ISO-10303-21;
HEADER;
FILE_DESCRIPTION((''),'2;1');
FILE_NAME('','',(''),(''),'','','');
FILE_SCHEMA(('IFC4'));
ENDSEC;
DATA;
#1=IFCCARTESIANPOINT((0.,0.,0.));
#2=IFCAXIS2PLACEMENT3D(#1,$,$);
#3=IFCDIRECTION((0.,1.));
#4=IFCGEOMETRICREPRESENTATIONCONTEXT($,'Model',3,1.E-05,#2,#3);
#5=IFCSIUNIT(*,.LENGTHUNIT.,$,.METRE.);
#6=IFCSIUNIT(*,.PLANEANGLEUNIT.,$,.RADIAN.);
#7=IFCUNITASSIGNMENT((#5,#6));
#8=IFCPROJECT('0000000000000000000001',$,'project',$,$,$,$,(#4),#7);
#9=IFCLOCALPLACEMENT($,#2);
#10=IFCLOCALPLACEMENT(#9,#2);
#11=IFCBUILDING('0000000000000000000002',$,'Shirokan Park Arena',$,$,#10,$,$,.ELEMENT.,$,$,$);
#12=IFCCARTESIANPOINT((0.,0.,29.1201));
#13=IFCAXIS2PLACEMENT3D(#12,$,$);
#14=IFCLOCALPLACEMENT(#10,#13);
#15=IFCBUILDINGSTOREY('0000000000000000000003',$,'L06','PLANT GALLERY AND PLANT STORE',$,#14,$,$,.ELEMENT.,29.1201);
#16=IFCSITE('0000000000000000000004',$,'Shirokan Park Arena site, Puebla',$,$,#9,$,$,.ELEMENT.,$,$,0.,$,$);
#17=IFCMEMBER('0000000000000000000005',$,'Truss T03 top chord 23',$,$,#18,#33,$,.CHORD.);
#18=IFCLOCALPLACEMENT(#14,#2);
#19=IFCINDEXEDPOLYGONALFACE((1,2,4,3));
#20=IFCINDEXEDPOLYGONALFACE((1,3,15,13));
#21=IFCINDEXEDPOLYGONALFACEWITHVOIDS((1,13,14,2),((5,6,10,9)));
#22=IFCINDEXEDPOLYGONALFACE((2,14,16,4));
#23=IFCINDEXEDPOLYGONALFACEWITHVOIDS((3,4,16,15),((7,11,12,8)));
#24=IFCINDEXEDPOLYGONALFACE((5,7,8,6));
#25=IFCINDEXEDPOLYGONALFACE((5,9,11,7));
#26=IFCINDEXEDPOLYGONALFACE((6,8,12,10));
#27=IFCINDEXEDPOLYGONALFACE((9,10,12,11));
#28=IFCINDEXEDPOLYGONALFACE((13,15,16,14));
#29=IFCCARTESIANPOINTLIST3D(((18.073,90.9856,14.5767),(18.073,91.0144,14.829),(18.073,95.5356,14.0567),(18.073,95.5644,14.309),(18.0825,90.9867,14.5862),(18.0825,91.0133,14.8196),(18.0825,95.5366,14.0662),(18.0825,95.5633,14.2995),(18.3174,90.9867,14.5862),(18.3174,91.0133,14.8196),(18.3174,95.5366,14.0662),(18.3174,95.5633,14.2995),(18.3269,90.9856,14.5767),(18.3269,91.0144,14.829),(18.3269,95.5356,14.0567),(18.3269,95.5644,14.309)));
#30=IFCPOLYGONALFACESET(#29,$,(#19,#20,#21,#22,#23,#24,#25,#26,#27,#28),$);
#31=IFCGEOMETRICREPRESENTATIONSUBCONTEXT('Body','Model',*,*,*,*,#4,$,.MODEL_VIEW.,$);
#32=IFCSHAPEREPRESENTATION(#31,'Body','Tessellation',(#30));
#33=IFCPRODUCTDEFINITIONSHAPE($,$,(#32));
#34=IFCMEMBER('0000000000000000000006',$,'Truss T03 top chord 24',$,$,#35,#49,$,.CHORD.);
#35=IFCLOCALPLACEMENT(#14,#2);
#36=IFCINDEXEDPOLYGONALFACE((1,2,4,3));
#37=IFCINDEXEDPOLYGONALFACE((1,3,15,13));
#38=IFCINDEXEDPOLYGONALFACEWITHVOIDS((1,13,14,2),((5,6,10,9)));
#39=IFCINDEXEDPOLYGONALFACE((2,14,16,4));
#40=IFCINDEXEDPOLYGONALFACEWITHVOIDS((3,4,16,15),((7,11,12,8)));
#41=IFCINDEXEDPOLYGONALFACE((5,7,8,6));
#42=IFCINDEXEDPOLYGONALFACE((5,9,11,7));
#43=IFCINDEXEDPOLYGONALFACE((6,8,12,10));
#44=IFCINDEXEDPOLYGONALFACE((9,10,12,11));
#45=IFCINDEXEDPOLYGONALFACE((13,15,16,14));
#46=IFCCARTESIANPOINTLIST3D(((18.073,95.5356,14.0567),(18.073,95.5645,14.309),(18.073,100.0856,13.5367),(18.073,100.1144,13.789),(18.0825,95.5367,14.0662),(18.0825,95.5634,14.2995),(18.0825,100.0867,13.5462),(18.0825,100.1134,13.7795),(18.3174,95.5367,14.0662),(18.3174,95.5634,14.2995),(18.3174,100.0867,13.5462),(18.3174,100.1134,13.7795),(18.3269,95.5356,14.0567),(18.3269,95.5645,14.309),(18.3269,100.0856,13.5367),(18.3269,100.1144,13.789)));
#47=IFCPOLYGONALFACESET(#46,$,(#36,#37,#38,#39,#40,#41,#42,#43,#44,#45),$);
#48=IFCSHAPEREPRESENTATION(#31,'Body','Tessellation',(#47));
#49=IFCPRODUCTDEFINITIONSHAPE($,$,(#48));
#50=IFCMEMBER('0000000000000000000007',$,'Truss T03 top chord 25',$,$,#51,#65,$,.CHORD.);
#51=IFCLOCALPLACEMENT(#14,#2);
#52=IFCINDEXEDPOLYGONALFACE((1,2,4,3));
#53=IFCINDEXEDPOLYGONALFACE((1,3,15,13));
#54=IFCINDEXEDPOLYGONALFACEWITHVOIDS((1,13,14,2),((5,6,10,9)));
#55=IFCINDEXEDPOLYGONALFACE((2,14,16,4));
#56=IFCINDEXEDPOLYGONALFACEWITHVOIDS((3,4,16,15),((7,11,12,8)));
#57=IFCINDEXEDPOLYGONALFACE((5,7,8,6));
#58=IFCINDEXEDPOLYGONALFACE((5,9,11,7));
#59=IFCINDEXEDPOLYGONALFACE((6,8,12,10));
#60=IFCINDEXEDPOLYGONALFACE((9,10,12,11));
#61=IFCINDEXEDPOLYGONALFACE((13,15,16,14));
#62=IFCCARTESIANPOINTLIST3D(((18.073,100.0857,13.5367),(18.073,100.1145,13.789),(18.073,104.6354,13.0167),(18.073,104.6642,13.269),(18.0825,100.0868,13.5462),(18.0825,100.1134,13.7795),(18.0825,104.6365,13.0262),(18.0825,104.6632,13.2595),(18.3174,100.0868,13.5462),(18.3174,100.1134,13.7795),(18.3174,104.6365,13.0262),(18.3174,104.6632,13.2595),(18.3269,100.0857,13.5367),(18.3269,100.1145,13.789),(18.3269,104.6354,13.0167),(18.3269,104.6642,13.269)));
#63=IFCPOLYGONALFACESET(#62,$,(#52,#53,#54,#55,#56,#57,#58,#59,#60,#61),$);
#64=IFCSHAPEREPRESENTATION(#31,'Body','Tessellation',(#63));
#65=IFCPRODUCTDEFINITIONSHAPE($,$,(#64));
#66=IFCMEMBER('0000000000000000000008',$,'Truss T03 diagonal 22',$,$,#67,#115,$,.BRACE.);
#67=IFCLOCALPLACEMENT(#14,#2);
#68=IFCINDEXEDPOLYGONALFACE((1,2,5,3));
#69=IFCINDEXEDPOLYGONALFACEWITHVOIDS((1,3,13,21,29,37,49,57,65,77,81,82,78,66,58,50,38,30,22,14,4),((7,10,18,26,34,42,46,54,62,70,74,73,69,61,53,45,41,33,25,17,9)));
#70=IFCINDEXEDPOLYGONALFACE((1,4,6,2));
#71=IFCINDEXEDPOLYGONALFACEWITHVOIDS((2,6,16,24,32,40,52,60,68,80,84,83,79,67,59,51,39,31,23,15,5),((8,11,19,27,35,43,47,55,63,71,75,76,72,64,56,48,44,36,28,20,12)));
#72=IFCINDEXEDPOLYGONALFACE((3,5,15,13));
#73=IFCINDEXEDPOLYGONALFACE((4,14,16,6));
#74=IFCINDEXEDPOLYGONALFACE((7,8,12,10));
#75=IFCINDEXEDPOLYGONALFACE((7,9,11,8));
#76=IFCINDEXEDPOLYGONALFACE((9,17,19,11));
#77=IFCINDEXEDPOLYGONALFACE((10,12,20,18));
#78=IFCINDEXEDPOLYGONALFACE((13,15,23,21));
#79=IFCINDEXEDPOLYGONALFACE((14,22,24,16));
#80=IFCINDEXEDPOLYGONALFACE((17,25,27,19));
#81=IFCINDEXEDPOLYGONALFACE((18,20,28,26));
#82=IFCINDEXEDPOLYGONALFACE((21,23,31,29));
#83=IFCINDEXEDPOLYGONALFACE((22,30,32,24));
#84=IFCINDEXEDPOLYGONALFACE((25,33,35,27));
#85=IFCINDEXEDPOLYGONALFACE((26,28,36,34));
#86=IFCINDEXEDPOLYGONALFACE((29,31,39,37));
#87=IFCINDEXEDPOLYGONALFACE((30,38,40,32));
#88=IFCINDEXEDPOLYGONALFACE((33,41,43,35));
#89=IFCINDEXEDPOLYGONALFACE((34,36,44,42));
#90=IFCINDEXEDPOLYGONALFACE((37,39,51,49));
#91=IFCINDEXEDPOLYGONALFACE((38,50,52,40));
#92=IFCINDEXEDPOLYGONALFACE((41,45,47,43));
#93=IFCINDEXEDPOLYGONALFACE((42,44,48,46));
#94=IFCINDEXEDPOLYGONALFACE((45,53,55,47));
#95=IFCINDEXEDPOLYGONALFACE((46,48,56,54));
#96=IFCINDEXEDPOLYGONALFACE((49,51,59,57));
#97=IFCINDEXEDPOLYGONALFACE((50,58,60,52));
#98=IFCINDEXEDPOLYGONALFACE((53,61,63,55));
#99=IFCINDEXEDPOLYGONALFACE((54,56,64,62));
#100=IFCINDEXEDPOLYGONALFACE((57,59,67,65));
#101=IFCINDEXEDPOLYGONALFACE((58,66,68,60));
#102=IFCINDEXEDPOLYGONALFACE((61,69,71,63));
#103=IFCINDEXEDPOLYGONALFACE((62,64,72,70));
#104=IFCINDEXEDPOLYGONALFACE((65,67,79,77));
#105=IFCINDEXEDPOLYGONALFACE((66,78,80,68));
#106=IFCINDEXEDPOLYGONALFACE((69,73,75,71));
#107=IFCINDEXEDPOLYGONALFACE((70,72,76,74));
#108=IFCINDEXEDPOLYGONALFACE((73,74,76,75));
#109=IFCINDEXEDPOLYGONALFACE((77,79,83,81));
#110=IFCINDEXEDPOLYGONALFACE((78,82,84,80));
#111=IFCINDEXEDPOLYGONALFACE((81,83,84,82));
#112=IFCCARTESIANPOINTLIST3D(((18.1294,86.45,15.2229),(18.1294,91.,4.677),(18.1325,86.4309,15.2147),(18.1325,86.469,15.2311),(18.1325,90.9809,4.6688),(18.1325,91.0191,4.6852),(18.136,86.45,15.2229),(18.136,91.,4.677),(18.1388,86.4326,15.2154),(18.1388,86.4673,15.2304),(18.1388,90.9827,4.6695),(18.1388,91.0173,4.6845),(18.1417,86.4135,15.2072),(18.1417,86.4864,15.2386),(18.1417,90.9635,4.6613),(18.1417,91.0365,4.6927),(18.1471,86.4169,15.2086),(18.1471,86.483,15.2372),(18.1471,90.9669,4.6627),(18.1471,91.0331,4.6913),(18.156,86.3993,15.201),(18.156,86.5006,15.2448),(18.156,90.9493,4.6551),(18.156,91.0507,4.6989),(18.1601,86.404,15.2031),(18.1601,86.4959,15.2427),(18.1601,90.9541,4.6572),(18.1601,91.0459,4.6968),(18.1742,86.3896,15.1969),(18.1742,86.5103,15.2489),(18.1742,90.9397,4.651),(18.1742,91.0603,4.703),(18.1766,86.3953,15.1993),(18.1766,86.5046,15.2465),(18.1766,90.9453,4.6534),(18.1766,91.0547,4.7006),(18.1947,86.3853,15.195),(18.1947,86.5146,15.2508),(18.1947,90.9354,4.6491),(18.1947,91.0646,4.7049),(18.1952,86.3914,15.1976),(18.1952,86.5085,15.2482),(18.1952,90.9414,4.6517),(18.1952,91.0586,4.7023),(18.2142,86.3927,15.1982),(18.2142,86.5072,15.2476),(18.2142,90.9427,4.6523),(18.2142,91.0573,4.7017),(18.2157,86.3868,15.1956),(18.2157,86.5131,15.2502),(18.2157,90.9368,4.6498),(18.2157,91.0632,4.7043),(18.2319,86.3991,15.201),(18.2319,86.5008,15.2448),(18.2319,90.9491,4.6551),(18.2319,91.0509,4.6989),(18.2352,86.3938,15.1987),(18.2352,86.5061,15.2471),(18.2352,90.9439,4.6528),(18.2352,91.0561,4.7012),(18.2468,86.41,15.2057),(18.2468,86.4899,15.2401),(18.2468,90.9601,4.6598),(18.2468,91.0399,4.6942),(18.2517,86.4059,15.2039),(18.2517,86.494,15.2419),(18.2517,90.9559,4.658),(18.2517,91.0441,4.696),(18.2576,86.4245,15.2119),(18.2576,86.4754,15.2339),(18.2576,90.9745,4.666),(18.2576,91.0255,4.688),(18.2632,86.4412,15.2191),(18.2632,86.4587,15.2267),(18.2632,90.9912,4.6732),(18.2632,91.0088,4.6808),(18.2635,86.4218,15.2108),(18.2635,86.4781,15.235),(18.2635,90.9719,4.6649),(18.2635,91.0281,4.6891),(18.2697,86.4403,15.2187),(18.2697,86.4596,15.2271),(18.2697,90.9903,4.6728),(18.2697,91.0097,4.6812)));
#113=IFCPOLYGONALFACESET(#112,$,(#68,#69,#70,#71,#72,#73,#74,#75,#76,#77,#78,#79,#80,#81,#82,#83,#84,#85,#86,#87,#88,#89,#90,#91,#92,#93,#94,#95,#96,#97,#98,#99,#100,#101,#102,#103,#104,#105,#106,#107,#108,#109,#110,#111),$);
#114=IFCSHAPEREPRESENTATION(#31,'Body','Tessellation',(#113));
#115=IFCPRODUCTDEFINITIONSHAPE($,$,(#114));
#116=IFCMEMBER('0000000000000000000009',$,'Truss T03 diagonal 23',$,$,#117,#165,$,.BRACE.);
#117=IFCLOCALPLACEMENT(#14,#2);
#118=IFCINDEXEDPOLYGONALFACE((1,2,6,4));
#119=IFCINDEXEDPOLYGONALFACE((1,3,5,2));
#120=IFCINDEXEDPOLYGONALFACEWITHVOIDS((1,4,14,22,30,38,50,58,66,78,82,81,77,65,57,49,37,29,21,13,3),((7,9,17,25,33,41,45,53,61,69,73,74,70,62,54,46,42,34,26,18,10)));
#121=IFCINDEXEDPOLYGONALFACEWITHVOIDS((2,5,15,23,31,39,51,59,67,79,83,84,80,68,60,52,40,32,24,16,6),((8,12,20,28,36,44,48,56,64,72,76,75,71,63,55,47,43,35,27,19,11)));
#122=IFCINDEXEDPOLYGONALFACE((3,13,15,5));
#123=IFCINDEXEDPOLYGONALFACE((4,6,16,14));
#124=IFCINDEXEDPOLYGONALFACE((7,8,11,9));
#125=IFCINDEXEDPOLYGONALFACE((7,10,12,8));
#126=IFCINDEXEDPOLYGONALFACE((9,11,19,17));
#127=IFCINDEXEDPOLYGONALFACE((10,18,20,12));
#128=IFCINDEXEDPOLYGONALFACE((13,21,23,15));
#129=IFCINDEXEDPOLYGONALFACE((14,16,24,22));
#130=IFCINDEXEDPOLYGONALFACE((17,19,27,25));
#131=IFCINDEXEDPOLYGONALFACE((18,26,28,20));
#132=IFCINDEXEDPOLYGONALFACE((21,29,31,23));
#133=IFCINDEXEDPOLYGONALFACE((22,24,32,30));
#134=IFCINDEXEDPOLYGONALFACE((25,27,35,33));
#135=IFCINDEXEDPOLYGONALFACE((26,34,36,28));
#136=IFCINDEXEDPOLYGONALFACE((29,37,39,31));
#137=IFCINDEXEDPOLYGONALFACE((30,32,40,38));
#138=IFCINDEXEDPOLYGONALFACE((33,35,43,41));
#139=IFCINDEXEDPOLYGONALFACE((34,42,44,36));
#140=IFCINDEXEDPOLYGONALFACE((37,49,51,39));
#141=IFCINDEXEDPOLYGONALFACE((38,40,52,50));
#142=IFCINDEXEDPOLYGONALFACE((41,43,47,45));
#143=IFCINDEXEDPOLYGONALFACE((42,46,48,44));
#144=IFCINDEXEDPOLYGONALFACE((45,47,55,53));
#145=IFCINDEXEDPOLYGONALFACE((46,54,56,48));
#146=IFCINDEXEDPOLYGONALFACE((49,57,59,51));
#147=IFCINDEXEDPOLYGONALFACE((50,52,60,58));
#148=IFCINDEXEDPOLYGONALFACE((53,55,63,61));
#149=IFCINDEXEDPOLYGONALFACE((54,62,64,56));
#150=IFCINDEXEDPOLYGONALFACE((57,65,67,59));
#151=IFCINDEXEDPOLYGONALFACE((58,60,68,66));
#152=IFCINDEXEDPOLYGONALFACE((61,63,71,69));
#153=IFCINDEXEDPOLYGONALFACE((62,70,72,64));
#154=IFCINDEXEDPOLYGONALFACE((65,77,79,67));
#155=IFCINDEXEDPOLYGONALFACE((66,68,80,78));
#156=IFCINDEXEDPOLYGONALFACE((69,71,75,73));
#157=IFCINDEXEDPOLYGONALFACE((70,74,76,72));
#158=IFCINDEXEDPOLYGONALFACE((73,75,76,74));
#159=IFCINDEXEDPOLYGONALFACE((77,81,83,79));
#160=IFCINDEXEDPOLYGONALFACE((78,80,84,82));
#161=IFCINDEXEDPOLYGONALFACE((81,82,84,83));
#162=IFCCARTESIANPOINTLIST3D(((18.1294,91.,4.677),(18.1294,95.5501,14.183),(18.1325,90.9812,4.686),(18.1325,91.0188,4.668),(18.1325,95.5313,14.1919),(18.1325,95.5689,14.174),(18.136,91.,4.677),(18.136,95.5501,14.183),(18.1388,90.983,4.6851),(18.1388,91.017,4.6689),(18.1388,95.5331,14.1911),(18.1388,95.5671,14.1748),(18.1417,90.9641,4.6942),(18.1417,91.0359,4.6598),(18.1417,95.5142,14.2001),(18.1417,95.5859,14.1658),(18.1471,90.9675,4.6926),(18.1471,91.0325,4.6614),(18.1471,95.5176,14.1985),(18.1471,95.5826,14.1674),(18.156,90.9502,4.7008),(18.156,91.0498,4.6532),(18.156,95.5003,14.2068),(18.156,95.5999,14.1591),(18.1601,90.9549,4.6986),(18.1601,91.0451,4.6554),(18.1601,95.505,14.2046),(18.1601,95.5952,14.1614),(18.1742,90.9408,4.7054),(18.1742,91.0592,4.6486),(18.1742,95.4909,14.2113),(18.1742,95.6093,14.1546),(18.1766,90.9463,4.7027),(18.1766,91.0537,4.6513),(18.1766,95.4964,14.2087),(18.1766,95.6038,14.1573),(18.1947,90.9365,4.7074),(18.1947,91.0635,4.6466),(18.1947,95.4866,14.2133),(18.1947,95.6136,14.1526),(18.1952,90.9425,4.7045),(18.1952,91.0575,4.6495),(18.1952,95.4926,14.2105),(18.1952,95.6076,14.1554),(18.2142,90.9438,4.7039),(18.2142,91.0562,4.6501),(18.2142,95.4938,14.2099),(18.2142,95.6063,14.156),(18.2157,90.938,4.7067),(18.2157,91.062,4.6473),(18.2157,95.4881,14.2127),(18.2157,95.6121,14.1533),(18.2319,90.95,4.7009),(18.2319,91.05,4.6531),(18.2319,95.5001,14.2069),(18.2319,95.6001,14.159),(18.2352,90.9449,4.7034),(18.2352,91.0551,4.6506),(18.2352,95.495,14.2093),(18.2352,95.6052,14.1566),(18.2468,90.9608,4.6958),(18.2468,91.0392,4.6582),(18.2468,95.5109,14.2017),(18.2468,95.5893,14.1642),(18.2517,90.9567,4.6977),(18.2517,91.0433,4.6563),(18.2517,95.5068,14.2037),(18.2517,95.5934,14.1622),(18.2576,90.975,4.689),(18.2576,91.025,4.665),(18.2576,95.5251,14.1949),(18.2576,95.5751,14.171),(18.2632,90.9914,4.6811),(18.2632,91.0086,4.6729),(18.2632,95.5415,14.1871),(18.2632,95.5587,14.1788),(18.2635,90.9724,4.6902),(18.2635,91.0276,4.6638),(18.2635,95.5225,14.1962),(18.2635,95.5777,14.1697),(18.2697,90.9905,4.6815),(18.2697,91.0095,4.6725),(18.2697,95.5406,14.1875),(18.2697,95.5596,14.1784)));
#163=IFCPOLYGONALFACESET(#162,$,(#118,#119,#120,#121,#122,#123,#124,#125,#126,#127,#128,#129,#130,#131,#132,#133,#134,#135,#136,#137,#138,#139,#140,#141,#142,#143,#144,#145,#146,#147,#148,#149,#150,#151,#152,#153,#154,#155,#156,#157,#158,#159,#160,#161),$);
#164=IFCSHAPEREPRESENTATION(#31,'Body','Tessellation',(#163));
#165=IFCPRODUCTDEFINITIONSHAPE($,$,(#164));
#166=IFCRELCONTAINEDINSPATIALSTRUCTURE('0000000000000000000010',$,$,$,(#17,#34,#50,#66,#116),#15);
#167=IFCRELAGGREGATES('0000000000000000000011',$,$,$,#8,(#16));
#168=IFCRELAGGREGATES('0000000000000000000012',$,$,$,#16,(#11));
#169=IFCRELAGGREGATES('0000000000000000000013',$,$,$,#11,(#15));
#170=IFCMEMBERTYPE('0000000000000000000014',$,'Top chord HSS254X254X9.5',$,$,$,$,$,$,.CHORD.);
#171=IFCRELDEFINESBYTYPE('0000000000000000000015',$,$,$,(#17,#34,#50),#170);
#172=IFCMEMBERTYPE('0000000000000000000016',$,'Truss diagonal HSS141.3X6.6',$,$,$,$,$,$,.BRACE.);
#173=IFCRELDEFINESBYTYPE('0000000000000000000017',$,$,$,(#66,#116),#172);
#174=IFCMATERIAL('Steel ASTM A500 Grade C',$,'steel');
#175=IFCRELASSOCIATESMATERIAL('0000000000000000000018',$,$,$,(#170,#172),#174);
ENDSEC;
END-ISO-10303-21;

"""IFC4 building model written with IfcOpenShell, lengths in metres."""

from ifc_helpers import new_model, si_unit, direction, frame, origin, origin_2d, place, context, subcontext, project, spatial, hollow_rectangle, hollow_circle, extrude, material, material_profile, profile_set, type_object, element, save


model = new_model("IFC4")

# Units and contexts
model_context = context("Model", 3, precision=1e-05, world=origin(), true_north=direction((0.0, 1.0)))
body_context = subcontext(model_context, "Body", "Model", "MODEL_VIEW")
ifc_project = project(units=[si_unit("LENGTHUNIT", "METRE"), si_unit("PLANEANGLEUNIT", "RADIAN")], contexts=[model_context])

# Site, building, storey
site_placement = place(None, origin())
site = spatial("IfcSite", under=ifc_project, at=site_placement, Name="Shirokan Park Arena site, Puebla", CompositionType="ELEMENT", RefElevation=0.0)
building_placement = place(site_placement, origin())
building = spatial("IfcBuilding", under=site, at=building_placement, Name="Shirokan Park Arena", CompositionType="ELEMENT")
storey_placement = place(building_placement, frame((0.0, 0.0, 29.1201)))
storey = spatial("IfcBuildingStorey", under=building, at=storey_placement, Name="L06", Description="PLANT GALLERY AND PLANT STORE", CompositionType="ELEMENT", Elevation=29.1201)

# Members
ifc_material_1 = material(Name="Steel ASTM A500 Grade C", Category="steel")
ifc_material_profile_1 = material_profile(ifc_material_1, hollow_rectangle(XDim=0.2539, YDim=0.2539, WallThickness=0.0095, at=origin_2d()), Name="HSS254X254X9.5")
ifc_profile_set_1 = profile_set([ifc_material_profile_1], Name="Steel ASTM A500 Grade C")
member_type_1 = type_object("IfcMemberType", Name="Top chord HSS254X254X9.5", PredefinedType="CHORD", material=ifc_profile_set_1)
for number, where, z_axis, x_axis, name in (
    (1, (18.2, 91.0, 14.7029), (0.0, 0.993532, -0.11355), (-1.0, 0.0, 0.0), "Truss T03 top chord 23"),
    (2, (18.2, 95.55, 14.1829), (0.0, 0.993532, -0.11355), (-1.0, 0.0, 0.0), "Truss T03 top chord 24"),
):
    element("IfcMember", number, at=place(storey_placement, frame(where, z_axis=z_axis, x_axis=x_axis)), inside=storey, type_object=member_type_1, Name=name, PredefinedType="CHORD", context=body_context, shape_type="SweptSolid", body=[
        extrude(hollow_rectangle(XDim=0.2539, YDim=0.2539, WallThickness=0.0095, at=origin_2d()), origin(), (0.0, 0.0, 1.0), 4.5796),
    ])
member_1_placement = place(storey_placement, frame((18.2, 100.1001, 13.6628), z_axis=(0.0, 0.993532, -0.113556), x_axis=(-1.0, 0.0, 0.0)))
element("IfcMember", 3, at=member_1_placement, inside=storey, type_object=member_type_1, Name="Truss T03 top chord 25", PredefinedType="CHORD", context=body_context, shape_type="SweptSolid", body=[
    extrude(hollow_rectangle(XDim=0.2539, YDim=0.2539, WallThickness=0.0095, at=origin_2d()), origin(), (0.0, 0.0, 1.0), 4.5793),
])
ifc_material_profile_2 = material_profile(ifc_material_1, hollow_circle(Radius=0.0706, WallThickness=0.0066, at=origin_2d()), Name="HSS141.3X6.6")
ifc_profile_set_2 = profile_set([ifc_material_profile_2], Name="Steel ASTM A500 Grade C")
member_type_2 = type_object("IfcMemberType", Name="Truss diagonal HSS141.3X6.6", PredefinedType="BRACE", material=ifc_profile_set_2)
member_2_placement = place(storey_placement, frame((18.2, 86.45, 15.2229), z_axis=(0.0, 0.396153, -0.918185), x_axis=(-1.0, 0.0, 0.0)))
element("IfcMember", 4, at=member_2_placement, inside=storey, type_object=member_type_2, Name="Truss T03 diagonal 22", PredefinedType="BRACE", context=body_context, shape_type="SweptSolid", body=[
    extrude(hollow_circle(Radius=0.0706, WallThickness=0.0066, at=origin_2d()), origin(), (0.0, 0.0, 1.0), 11.4856),
])
for number, where, z_axis, x_axis, name in (
    (5, (18.2, 91.0, 4.677), (0.0, 0.431746, 0.901995), (-1.0, 0.0, 0.0), "Truss T03 diagonal 23"),
):
    element("IfcMember", number, at=place(storey_placement, frame(where, z_axis=z_axis, x_axis=x_axis)), inside=storey, type_object=member_type_2, Name=name, PredefinedType="BRACE", context=body_context, shape_type="SweptSolid", body=[
        extrude(hollow_circle(Radius=0.0706, WallThickness=0.0066, at=origin_2d()), origin(), (0.0, 0.0, 1.0), 10.5388),
    ])

save(model, "model.ifc")
